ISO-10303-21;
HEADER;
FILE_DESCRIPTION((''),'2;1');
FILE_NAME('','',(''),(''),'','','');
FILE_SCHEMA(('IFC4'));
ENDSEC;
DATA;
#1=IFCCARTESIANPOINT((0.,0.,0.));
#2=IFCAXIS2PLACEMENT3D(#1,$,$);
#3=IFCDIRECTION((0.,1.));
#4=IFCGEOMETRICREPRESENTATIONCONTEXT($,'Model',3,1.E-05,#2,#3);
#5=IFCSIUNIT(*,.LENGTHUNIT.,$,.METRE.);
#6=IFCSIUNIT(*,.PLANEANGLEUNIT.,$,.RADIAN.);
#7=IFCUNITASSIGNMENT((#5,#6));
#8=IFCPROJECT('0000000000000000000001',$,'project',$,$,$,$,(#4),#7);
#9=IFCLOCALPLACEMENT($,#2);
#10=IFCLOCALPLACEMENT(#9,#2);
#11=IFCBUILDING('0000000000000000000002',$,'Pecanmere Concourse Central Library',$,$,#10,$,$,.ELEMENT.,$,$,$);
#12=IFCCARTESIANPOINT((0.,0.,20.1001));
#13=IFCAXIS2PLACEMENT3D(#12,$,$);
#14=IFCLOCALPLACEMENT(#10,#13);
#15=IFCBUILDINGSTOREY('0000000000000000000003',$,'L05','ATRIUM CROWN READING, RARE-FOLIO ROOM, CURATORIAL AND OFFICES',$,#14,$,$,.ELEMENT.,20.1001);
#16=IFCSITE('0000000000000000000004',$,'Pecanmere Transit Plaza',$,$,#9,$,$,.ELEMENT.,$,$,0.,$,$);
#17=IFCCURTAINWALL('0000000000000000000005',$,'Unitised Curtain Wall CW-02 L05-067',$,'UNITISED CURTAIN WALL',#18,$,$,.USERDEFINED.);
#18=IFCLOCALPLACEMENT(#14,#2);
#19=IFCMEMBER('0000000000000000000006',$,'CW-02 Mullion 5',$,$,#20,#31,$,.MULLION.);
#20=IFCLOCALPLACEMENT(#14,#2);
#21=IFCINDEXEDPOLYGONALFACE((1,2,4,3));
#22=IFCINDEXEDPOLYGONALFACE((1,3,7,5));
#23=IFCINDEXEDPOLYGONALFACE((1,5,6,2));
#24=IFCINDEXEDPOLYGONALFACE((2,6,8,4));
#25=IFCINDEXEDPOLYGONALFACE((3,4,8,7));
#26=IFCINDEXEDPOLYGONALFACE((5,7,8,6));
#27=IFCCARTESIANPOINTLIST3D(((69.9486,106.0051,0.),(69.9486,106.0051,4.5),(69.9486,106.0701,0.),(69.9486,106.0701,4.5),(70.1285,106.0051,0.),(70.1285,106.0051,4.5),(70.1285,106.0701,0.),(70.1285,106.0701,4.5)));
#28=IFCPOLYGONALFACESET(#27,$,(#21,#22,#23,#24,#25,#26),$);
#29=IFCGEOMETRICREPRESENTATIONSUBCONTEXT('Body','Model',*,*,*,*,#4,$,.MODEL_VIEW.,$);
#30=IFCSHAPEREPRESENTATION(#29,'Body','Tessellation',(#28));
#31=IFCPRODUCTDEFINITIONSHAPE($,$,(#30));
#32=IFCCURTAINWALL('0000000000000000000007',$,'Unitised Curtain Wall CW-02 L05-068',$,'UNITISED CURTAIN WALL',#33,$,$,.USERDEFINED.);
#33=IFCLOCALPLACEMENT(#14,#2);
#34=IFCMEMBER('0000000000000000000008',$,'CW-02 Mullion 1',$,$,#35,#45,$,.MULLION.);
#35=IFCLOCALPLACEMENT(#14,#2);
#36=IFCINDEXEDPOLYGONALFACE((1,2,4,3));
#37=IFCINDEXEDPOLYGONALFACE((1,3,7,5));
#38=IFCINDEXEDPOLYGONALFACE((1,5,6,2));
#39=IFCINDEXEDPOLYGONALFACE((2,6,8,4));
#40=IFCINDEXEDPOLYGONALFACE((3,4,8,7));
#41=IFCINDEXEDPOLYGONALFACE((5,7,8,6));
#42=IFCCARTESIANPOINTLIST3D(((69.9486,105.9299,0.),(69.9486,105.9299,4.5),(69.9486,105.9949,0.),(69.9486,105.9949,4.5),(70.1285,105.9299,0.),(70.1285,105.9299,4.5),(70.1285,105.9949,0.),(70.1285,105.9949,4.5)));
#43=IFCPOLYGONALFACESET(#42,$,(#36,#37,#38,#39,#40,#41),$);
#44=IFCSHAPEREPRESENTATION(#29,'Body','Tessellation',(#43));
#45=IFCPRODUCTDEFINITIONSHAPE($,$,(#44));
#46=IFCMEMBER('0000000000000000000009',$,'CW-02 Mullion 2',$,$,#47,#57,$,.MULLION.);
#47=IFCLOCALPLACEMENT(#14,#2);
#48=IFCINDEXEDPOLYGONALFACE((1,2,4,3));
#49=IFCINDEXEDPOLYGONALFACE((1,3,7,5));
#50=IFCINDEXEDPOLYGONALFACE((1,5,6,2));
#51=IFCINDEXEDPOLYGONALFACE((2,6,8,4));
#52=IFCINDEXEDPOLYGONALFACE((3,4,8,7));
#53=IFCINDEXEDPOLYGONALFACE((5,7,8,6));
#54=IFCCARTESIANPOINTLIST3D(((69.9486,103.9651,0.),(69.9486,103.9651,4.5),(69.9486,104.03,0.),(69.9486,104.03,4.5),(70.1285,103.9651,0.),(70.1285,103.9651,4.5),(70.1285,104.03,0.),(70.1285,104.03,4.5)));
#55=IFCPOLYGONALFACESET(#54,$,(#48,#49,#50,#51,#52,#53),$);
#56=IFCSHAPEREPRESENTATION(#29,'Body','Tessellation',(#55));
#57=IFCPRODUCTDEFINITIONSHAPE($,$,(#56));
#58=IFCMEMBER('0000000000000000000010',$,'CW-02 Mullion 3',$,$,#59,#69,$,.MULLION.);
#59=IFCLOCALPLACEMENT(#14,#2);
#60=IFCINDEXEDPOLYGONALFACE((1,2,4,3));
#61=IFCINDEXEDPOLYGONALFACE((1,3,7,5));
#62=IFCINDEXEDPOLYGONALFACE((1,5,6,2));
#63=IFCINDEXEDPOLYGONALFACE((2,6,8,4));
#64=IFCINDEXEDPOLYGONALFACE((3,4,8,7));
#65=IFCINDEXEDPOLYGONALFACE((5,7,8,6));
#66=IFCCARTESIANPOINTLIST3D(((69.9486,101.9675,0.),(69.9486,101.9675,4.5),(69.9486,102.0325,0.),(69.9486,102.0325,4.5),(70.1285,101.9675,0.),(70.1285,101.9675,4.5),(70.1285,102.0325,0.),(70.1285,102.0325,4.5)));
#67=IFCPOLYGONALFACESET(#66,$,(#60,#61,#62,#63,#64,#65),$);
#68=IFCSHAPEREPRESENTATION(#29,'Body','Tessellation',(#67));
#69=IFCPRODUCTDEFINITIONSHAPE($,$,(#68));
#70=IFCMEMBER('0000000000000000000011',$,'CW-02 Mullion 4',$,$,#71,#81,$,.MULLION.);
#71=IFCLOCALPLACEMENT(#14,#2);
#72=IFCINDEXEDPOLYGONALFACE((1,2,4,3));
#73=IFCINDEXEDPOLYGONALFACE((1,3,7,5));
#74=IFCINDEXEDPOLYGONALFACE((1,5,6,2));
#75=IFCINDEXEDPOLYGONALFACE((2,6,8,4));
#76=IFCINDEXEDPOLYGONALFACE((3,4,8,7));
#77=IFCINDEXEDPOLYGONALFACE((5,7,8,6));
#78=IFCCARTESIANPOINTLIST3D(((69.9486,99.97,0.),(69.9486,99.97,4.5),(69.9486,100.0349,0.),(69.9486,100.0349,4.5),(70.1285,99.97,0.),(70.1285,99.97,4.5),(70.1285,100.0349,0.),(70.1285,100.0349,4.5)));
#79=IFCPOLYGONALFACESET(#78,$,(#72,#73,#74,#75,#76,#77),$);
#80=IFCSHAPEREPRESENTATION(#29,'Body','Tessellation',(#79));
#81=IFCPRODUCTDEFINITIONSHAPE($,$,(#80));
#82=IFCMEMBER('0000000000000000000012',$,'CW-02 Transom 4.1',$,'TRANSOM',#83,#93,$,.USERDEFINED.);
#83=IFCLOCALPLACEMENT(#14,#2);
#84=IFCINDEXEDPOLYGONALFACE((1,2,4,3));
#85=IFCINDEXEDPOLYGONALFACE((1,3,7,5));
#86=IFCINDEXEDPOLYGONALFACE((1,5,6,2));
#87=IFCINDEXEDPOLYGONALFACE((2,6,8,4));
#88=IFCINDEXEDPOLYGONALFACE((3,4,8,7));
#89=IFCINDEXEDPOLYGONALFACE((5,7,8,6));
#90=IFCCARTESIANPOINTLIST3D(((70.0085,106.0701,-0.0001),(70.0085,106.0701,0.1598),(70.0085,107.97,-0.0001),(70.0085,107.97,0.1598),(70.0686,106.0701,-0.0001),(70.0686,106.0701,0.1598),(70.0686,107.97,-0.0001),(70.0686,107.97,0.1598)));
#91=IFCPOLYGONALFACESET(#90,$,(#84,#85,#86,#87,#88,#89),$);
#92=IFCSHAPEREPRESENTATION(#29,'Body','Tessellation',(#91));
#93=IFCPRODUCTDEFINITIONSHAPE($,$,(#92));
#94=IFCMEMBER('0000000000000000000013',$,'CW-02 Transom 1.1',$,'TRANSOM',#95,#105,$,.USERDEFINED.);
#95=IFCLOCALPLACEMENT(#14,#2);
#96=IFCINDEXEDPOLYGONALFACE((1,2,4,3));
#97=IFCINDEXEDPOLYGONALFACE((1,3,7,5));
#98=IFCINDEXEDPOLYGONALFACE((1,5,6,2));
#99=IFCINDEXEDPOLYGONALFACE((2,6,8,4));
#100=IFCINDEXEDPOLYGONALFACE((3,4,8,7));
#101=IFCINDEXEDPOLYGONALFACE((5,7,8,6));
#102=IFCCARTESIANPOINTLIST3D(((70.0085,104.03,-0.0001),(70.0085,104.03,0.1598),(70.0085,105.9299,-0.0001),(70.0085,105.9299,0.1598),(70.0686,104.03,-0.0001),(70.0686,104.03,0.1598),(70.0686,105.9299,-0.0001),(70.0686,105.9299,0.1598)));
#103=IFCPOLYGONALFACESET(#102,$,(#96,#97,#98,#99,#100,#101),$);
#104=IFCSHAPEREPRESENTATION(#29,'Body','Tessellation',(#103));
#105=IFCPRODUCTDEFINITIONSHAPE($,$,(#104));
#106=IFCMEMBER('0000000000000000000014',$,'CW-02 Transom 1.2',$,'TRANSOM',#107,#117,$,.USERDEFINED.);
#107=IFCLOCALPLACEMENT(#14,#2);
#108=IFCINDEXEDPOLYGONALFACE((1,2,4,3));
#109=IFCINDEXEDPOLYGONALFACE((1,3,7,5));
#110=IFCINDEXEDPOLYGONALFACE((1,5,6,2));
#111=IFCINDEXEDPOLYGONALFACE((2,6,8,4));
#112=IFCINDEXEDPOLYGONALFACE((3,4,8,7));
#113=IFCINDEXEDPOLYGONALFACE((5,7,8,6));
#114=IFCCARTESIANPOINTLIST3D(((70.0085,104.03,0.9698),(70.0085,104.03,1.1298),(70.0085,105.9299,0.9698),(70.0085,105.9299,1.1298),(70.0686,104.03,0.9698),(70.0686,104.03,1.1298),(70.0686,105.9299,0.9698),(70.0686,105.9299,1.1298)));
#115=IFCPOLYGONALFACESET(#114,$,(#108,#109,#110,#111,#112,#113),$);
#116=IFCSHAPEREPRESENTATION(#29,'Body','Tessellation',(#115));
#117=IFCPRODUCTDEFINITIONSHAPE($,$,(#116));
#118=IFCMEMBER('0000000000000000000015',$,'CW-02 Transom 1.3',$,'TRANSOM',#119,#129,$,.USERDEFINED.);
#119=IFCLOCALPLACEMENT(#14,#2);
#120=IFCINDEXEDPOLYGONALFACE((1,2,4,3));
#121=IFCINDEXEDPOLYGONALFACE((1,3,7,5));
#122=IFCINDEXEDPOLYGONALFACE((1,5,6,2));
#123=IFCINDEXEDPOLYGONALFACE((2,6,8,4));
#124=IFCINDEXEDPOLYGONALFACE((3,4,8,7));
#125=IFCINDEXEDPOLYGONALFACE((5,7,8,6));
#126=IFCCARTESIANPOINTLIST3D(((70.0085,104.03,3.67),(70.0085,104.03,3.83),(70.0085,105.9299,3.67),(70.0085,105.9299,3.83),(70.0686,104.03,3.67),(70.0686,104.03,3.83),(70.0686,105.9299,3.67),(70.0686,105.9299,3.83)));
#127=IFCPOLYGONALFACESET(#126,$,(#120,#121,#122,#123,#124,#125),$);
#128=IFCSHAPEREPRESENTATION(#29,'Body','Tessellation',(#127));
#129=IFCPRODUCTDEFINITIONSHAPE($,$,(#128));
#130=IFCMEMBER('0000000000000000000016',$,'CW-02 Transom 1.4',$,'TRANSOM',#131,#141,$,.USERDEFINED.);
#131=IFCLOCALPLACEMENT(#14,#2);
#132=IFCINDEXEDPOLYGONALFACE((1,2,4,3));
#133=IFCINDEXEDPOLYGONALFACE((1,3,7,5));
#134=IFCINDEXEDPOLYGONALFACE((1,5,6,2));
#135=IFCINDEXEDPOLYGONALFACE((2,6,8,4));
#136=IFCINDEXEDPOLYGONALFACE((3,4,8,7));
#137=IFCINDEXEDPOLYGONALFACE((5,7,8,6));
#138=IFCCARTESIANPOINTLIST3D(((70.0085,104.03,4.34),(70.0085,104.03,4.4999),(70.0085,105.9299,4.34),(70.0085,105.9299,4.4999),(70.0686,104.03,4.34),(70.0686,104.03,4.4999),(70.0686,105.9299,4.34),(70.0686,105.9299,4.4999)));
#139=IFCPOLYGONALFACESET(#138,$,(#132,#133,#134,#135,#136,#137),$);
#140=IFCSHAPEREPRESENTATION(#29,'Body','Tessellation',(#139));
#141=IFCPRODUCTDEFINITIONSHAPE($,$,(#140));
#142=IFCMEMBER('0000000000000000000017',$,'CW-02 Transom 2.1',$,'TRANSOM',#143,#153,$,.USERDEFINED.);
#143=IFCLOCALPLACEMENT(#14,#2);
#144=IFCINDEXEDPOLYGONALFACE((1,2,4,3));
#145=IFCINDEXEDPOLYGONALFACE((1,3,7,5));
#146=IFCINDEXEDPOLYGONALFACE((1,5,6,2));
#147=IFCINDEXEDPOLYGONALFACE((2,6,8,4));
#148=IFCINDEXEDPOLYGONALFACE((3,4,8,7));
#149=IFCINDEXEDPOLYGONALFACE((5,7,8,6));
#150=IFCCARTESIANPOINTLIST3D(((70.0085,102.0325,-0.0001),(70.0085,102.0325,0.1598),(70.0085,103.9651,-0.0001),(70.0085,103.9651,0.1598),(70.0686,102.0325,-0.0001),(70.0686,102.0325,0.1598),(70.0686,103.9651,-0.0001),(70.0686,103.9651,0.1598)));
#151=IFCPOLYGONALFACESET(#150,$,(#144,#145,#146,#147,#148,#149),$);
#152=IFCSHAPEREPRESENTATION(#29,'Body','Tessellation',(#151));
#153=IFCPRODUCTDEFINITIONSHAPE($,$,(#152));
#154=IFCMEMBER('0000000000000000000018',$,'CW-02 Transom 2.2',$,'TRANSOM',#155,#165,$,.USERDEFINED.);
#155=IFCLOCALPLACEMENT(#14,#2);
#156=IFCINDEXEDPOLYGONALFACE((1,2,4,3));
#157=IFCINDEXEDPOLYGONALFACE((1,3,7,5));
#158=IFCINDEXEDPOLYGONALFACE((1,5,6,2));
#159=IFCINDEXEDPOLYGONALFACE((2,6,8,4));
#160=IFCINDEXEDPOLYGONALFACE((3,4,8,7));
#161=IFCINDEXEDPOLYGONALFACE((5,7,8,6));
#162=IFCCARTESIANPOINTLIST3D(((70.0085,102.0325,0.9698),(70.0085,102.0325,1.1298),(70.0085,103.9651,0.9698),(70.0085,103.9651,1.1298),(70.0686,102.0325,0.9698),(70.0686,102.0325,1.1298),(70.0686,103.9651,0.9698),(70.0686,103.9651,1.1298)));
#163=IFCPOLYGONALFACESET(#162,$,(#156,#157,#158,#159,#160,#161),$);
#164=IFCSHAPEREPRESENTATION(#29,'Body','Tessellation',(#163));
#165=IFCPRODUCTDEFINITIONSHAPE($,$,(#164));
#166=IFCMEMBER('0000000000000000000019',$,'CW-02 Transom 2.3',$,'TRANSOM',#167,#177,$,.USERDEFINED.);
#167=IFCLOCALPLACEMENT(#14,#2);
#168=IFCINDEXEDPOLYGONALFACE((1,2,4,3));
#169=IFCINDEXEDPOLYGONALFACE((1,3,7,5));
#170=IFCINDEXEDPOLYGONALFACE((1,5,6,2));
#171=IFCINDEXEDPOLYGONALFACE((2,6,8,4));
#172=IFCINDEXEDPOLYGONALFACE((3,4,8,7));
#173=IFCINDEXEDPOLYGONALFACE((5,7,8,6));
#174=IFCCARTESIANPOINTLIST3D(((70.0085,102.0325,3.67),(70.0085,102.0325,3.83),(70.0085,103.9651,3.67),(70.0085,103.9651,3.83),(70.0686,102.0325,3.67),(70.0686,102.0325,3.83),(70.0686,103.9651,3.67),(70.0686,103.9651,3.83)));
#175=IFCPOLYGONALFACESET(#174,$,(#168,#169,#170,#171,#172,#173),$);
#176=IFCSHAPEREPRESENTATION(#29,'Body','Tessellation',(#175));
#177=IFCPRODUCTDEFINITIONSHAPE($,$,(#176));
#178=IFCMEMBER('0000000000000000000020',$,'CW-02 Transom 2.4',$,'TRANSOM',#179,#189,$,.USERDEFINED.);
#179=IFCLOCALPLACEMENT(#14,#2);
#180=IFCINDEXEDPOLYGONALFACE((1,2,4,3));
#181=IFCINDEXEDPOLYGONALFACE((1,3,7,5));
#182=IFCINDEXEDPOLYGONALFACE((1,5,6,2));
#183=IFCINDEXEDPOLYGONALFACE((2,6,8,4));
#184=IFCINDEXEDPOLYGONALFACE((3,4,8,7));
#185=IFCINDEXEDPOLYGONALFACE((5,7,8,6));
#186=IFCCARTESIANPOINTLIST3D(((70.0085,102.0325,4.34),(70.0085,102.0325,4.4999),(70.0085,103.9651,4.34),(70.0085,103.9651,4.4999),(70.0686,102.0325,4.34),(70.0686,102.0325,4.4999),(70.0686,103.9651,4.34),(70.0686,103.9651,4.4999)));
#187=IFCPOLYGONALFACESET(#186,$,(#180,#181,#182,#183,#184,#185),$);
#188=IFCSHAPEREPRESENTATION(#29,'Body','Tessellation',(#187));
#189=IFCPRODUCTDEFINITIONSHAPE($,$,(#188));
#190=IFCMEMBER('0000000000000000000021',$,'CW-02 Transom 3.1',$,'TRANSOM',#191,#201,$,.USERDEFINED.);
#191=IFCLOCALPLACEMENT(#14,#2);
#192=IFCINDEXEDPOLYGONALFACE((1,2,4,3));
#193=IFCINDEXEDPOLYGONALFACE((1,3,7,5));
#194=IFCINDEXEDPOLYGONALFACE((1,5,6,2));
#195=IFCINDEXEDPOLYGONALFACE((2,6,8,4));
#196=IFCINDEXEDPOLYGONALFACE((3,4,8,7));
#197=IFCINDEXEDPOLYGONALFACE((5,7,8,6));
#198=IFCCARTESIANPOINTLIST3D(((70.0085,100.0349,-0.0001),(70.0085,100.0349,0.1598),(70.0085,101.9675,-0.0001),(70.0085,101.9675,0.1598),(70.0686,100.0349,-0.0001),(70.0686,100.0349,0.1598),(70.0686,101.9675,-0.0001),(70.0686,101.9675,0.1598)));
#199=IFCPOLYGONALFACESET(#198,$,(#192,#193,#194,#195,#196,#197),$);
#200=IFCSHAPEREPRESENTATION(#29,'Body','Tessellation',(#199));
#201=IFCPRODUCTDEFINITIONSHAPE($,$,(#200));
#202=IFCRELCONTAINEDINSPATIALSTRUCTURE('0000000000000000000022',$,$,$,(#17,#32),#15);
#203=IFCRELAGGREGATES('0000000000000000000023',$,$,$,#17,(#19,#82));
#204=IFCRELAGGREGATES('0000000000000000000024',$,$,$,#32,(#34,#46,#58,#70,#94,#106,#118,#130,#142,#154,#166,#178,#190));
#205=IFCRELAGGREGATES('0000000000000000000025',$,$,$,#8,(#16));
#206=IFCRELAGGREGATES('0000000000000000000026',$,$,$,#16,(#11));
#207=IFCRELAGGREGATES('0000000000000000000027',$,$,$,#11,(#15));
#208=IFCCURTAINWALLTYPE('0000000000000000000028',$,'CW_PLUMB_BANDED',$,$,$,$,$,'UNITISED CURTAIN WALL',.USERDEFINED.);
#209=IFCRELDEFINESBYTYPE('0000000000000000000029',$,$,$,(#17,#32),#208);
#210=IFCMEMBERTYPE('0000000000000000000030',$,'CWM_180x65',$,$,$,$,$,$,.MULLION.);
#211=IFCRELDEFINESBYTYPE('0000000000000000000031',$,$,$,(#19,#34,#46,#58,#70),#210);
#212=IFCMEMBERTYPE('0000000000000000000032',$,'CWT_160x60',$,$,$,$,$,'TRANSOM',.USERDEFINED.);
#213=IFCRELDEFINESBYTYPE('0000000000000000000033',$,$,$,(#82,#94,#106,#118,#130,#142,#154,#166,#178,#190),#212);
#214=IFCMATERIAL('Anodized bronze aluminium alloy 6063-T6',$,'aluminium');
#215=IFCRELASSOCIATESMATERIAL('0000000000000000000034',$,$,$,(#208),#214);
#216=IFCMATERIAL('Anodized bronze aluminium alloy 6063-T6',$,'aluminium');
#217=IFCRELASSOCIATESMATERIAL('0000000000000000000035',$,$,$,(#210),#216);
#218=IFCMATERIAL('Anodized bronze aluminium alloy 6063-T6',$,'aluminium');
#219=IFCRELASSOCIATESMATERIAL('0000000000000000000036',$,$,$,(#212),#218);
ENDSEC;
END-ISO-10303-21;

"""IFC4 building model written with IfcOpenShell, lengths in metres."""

from ifc_helpers import new_model, si_unit, direction, frame, origin, origin_2d, place, context, subcontext, project, spatial, rectangle, extrude, material, material_profile, profile_set, type_object, element, aggregate, save


model = new_model("IFC4")

# Units and contexts
model_context = context("Model", 3, precision=1e-05, world=origin(), true_north=direction((0.0, 1.0)))
body_context = subcontext(model_context, "Body", "Model", "MODEL_VIEW")
ifc_project = project(units=[si_unit("LENGTHUNIT", "METRE"), si_unit("PLANEANGLEUNIT", "RADIAN")], contexts=[model_context])

# Site, building, storey
site_placement = place(None, origin())
site = spatial("IfcSite", under=ifc_project, at=site_placement, Name="Pecanmere Transit Plaza", CompositionType="ELEMENT", RefElevation=0.0)
building_placement = place(site_placement, origin())
building = spatial("IfcBuilding", under=site, at=building_placement, Name="Pecanmere Concourse Central Library", CompositionType="ELEMENT")
storey_placement = place(building_placement, frame((0.0, 0.0, 20.1001)))
storey = spatial("IfcBuildingStorey", under=building, at=storey_placement, Name="L05", Description="ATRIUM CROWN READING, RARE-FOLIO ROOM, CURATORIAL AND OFFICES", CompositionType="ELEMENT", Elevation=20.1001)

# Curtain wall, member
ifc_material_1 = material(Name="Anodized bronze aluminium alloy 6063-T6", Category="aluminium")
curtain_wall_type = type_object("IfcCurtainWallType", Name="CW_PLUMB_BANDED", ElementType="UNITISED CURTAIN WALL", PredefinedType="USERDEFINED", material=ifc_material_1)
curtain_wall_1_placement = place(storey_placement, origin())
curtain_wall_1 = element("IfcCurtainWall", 1, at=curtain_wall_1_placement, inside=storey, type_object=curtain_wall_type, Name="Unitised Curtain Wall CW-02 L05-067", ObjectType="UNITISED CURTAIN WALL", PredefinedType="USERDEFINED")
ifc_material_2 = material(Name="Anodized bronze aluminium alloy 6063-T6", Category="aluminium")
ifc_material_profile_1 = material_profile(ifc_material_2, rectangle(XDim=0.0649, YDim=0.1799, at=origin_2d()), Name="AL 65x180")
ifc_profile_set_1 = profile_set([ifc_material_profile_1], Name="Anodized bronze aluminium alloy 6063-T6")
member_type_1 = type_object("IfcMemberType", Name="CWM_180x65", PredefinedType="MULLION", material=ifc_profile_set_1)
member_1_placement = place(storey_placement, frame((70.0386, 106.0376, 0.0), z_axis=(0.0, 0.0, 1.0), x_axis=(0.0, -1.0, 0.0)))
member_1 = element("IfcMember", 2, at=member_1_placement, type_object=member_type_1, Name="CW-02 Mullion 5", PredefinedType="MULLION", context=body_context, shape_type="SweptSolid", body=[
    extrude(rectangle(XDim=0.0649, YDim=0.1799, at=origin_2d()), origin(), (0.0, 0.0, 1.0), 4.5),
])

# Curtain wall, members
curtain_wall_2_placement = place(storey_placement, origin())
curtain_wall_2 = element("IfcCurtainWall", 3, at=curtain_wall_2_placement, inside=storey, type_object=curtain_wall_type, Name="Unitised Curtain Wall CW-02 L05-068", ObjectType="UNITISED CURTAIN WALL", PredefinedType="USERDEFINED")
member_2_placement = place(storey_placement, frame((70.0386, 105.9624, 0.0), z_axis=(0.0, 0.0, 1.0), x_axis=(0.0, -1.0, 0.0)))
member_2 = element("IfcMember", 4, at=member_2_placement, type_object=member_type_1, Name="CW-02 Mullion 1", PredefinedType="MULLION", context=body_context, shape_type="SweptSolid", body=[
    extrude(rectangle(XDim=0.0649, YDim=0.1799, at=origin_2d()), origin(), (0.0, 0.0, 1.0), 4.5),
])
member_3_placement = place(storey_placement, frame((70.0386, 103.9976, 0.0), z_axis=(0.0, 0.0, 1.0), x_axis=(0.0, -1.0, 0.0)))
member_3 = element("IfcMember", 5, at=member_3_placement, type_object=member_type_1, Name="CW-02 Mullion 2", PredefinedType="MULLION", context=body_context, shape_type="SweptSolid", body=[
    extrude(rectangle(XDim=0.0649, YDim=0.1799, at=origin_2d()), origin(), (0.0, 0.0, 1.0), 4.5),
])
member_4_placement = place(storey_placement, frame((70.0386, 102.0, 0.0), z_axis=(0.0, 0.0, 1.0), x_axis=(0.0, -1.0, 0.0)))
member_4 = element("IfcMember", 6, at=member_4_placement, type_object=member_type_1, Name="CW-02 Mullion 3", PredefinedType="MULLION", context=body_context, shape_type="SweptSolid", body=[
    extrude(rectangle(XDim=0.0649, YDim=0.1799, at=origin_2d()), origin(), (0.0, 0.0, 1.0), 4.5),
])
member_5_placement = place(storey_placement, frame((70.0386, 100.0024, 0.0), z_axis=(0.0, 0.0, 1.0), x_axis=(0.0, -1.0, 0.0)))
member_5 = element("IfcMember", 7, at=member_5_placement, type_object=member_type_1, Name="CW-02 Mullion 4", PredefinedType="MULLION", context=body_context, shape_type="SweptSolid", body=[
    extrude(rectangle(XDim=0.0649, YDim=0.1799, at=origin_2d()), origin(), (0.0, 0.0, 1.0), 4.5),
])

# Members
ifc_material_3 = material(Name="Anodized bronze aluminium alloy 6063-T6", Category="aluminium")
ifc_material_profile_2 = material_profile(ifc_material_3, rectangle(XDim=0.0601, YDim=0.1599, at=origin_2d()), Name="AL 60x160")
ifc_profile_set_2 = profile_set([ifc_material_profile_2], Name="Anodized bronze aluminium alloy 6063-T6")
member_type_2 = type_object("IfcMemberType", Name="CWT_160x60", ElementType="TRANSOM", PredefinedType="USERDEFINED", material=ifc_profile_set_2)
member_6_placement = place(storey_placement, frame((70.0386, 107.97, 0.0798), z_axis=(0.0, -1.0, 0.0), x_axis=(1.0, 0.0, 0.0)))
member_6 = element("IfcMember", 8, at=member_6_placement, type_object=member_type_2, Name="CW-02 Transom 4.1", ObjectType="TRANSOM", PredefinedType="USERDEFINED", context=body_context, shape_type="SweptSolid", body=[
    extrude(rectangle(XDim=0.0601, YDim=0.1599, at=origin_2d()), origin(), (0.0, 0.0, 1.0), 1.8999),
])
member_7_placement = place(storey_placement, frame((70.0386, 105.9299, 0.0798), z_axis=(0.0, -1.0, 0.0), x_axis=(1.0, 0.0, 0.0)))
member_7 = element("IfcMember", 9, at=member_7_placement, type_object=member_type_2, Name="CW-02 Transom 1.1", ObjectType="TRANSOM", PredefinedType="USERDEFINED", context=body_context, shape_type="SweptSolid", body=[
    extrude(rectangle(XDim=0.0601, YDim=0.1599, at=origin_2d()), origin(), (0.0, 0.0, 1.0), 1.8999),
])
member_8_placement = place(storey_placement, frame((70.0386, 105.9299, 1.0498), z_axis=(0.0, -1.0, 0.0), x_axis=(1.0, 0.0, 0.0)))
member_8 = element("IfcMember", 10, at=member_8_placement, type_object=member_type_2, Name="CW-02 Transom 1.2", ObjectType="TRANSOM", PredefinedType="USERDEFINED", context=body_context, shape_type="SweptSolid", body=[
    extrude(rectangle(XDim=0.0601, YDim=0.1599, at=origin_2d()), origin(), (0.0, 0.0, 1.0), 1.8999),
])
member_9_placement = place(storey_placement, frame((70.0386, 105.9299, 3.75), z_axis=(0.0, -1.0, 0.0), x_axis=(1.0, 0.0, 0.0)))
member_9 = element("IfcMember", 11, at=member_9_placement, type_object=member_type_2, Name="CW-02 Transom 1.3", ObjectType="TRANSOM", PredefinedType="USERDEFINED", context=body_context, shape_type="SweptSolid", body=[
    extrude(rectangle(XDim=0.0601, YDim=0.1599, at=origin_2d()), origin(), (0.0, 0.0, 1.0), 1.8999),
])
member_10_placement = place(storey_placement, frame((70.0386, 105.9299, 4.4199), z_axis=(0.0, -1.0, 0.0), x_axis=(1.0, 0.0, 0.0)))
member_10 = element("IfcMember", 12, at=member_10_placement, type_object=member_type_2, Name="CW-02 Transom 1.4", ObjectType="TRANSOM", PredefinedType="USERDEFINED", context=body_context, shape_type="SweptSolid", body=[
    extrude(rectangle(XDim=0.0601, YDim=0.1599, at=origin_2d()), origin(), (0.0, 0.0, 1.0), 1.8999),
])
member_11_placement = place(storey_placement, frame((70.0386, 103.9651, 0.0798), z_axis=(0.0, -1.0, 0.0), x_axis=(1.0, 0.0, 0.0)))
member_11 = element("IfcMember", 13, at=member_11_placement, type_object=member_type_2, Name="CW-02 Transom 2.1", ObjectType="TRANSOM", PredefinedType="USERDEFINED", context=body_context, shape_type="SweptSolid", body=[
    extrude(rectangle(XDim=0.0601, YDim=0.1599, at=origin_2d()), origin(), (0.0, 0.0, 1.0), 1.9326),
])
member_12_placement = place(storey_placement, frame((70.0386, 103.9651, 1.0498), z_axis=(0.0, -1.0, 0.0), x_axis=(1.0, 0.0, 0.0)))
member_12 = element("IfcMember", 14, at=member_12_placement, type_object=member_type_2, Name="CW-02 Transom 2.2", ObjectType="TRANSOM", PredefinedType="USERDEFINED", context=body_context, shape_type="SweptSolid", body=[
    extrude(rectangle(XDim=0.0601, YDim=0.1599, at=origin_2d()), origin(), (0.0, 0.0, 1.0), 1.9326),
])
member_13_placement = place(storey_placement, frame((70.0386, 103.9651, 3.75), z_axis=(0.0, -1.0, 0.0), x_axis=(1.0, 0.0, 0.0)))
member_13 = element("IfcMember", 15, at=member_13_placement, type_object=member_type_2, Name="CW-02 Transom 2.3", ObjectType="TRANSOM", PredefinedType="USERDEFINED", context=body_context, shape_type="SweptSolid", body=[
    extrude(rectangle(XDim=0.0601, YDim=0.1599, at=origin_2d()), origin(), (0.0, 0.0, 1.0), 1.9326),
])
member_14_placement = place(storey_placement, frame((70.0386, 103.9651, 4.4199), z_axis=(0.0, -1.0, 0.0), x_axis=(1.0, 0.0, 0.0)))
member_14 = element("IfcMember", 16, at=member_14_placement, type_object=member_type_2, Name="CW-02 Transom 2.4", ObjectType="TRANSOM", PredefinedType="USERDEFINED", context=body_context, shape_type="SweptSolid", body=[
    extrude(rectangle(XDim=0.0601, YDim=0.1599, at=origin_2d()), origin(), (0.0, 0.0, 1.0), 1.9326),
])
member_15_placement = place(storey_placement, frame((70.0386, 101.9675, 0.0798), z_axis=(0.0, -1.0, 0.0), x_axis=(1.0, 0.0, 0.0)))
member_15 = element("IfcMember", 17, at=member_15_placement, type_object=member_type_2, Name="CW-02 Transom 3.1", ObjectType="TRANSOM", PredefinedType="USERDEFINED", context=body_context, shape_type="SweptSolid", body=[
    extrude(rectangle(XDim=0.0601, YDim=0.1599, at=origin_2d()), origin(), (0.0, 0.0, 1.0), 1.9326),
])

aggregate(curtain_wall_1, [member_1, member_6])
aggregate(curtain_wall_2, [member_2, member_3, member_4, member_5, member_7, member_8, member_9, member_10, member_11, member_12, member_13, member_14, member_15])

save(model, "model.ifc")
